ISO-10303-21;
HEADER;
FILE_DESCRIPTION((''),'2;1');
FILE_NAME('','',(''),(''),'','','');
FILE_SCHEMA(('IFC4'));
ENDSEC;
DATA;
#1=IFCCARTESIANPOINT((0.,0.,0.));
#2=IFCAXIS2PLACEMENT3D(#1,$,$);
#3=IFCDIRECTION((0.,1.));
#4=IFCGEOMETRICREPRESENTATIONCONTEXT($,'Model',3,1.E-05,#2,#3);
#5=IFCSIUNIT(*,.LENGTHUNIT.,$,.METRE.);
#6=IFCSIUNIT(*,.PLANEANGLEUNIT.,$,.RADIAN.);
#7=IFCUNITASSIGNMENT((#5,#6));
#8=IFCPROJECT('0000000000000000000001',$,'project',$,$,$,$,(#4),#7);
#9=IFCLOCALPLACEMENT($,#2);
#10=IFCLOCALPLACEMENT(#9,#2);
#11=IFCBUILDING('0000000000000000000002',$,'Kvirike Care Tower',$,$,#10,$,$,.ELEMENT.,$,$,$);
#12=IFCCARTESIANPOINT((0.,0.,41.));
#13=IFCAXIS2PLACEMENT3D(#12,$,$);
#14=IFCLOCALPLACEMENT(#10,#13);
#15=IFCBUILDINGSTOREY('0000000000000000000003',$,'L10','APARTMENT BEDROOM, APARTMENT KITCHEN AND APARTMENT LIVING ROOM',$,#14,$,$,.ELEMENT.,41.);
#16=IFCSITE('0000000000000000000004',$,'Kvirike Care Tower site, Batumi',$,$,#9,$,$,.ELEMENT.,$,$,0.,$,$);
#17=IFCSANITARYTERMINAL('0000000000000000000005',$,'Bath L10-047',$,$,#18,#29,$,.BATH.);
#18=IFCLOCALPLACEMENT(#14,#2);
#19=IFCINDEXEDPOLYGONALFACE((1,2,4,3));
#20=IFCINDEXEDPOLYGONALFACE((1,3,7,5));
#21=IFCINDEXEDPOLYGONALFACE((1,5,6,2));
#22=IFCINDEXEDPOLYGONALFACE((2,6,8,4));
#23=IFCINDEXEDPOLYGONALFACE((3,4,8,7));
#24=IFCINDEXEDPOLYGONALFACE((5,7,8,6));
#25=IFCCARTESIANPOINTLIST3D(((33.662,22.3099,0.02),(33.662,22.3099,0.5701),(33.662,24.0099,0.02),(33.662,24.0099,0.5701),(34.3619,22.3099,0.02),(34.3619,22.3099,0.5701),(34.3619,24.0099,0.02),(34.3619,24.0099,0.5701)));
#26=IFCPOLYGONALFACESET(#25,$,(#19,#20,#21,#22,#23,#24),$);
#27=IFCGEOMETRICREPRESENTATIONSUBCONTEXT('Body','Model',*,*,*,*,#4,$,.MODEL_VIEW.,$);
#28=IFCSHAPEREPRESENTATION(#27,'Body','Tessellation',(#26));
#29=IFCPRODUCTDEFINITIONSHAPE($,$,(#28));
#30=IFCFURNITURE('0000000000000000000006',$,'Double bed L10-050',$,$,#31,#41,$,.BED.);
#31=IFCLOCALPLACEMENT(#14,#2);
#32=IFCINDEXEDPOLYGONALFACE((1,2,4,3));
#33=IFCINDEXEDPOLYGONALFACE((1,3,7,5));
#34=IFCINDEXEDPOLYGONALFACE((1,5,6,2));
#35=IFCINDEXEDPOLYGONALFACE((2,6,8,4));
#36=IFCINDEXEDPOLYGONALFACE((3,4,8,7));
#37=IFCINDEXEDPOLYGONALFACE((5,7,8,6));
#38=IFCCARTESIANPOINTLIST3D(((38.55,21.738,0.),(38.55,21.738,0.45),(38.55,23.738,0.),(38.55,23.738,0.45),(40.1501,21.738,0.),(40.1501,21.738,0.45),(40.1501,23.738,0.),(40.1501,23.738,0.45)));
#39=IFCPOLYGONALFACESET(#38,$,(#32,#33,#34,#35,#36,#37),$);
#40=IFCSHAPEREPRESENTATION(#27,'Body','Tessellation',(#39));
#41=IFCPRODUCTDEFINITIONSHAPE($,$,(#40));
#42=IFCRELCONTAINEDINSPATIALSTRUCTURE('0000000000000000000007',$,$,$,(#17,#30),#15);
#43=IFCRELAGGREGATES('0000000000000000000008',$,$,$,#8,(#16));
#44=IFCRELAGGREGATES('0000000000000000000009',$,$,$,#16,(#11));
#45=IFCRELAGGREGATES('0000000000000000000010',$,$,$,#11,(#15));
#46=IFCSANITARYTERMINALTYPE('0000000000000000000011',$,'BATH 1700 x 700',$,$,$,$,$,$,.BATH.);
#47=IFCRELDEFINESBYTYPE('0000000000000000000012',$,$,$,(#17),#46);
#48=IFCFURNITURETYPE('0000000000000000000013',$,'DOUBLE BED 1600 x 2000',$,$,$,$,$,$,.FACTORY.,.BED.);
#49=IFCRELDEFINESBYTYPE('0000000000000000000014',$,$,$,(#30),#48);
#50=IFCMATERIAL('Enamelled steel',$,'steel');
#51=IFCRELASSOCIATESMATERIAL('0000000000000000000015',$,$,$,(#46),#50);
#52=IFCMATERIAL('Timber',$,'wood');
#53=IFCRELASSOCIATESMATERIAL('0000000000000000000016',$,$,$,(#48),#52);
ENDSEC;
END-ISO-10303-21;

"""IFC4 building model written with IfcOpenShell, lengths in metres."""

from ifc_helpers import new_model, si_unit, direction, frame, origin, origin_2d, place, context, subcontext, project, spatial, rectangle, extrude, material, type_object, element, save


model = new_model("IFC4")

# Units and contexts
model_context = context("Model", 3, precision=1e-05, world=origin(), true_north=direction((0.0, 1.0)))
body_context = subcontext(model_context, "Body", "Model", "MODEL_VIEW")
ifc_project = project(units=[si_unit("LENGTHUNIT", "METRE"), si_unit("PLANEANGLEUNIT", "RADIAN")], contexts=[model_context])

# Site, building, storey
site_placement = place(None, origin())
site = spatial("IfcSite", under=ifc_project, at=site_placement, Name="Kvirike Care Tower site, Batumi", CompositionType="ELEMENT", RefElevation=0.0)
building_placement = place(site_placement, origin())
building = spatial("IfcBuilding", under=site, at=building_placement, Name="Kvirike Care Tower", CompositionType="ELEMENT")
storey_placement = place(building_placement, frame((0.0, 0.0, 41.0)))
storey = spatial("IfcBuildingStorey", under=building, at=storey_placement, Name="L10", Description="APARTMENT BEDROOM, APARTMENT KITCHEN AND APARTMENT LIVING ROOM", CompositionType="ELEMENT", Elevation=41.0)

# Sanitary terminal
ifc_material_1 = material(Name="Enamelled steel", Category="steel")
sanitary_terminal_type = type_object("IfcSanitaryTerminalType", Name="BATH 1700 x 700", PredefinedType="BATH", material=ifc_material_1)
sanitary_terminal_placement = place(storey_placement, frame((34.012, 23.1599, 0.02), z_axis=(0.0, 0.0, 1.0), x_axis=(0.0, 1.0, 0.0)))
element("IfcSanitaryTerminal", 1, at=sanitary_terminal_placement, inside=storey, type_object=sanitary_terminal_type, Name="Bath L10-047", PredefinedType="BATH", context=body_context, shape_type="SweptSolid", body=[
    extrude(rectangle(XDim=1.7, YDim=0.7, at=origin_2d()), origin(), (0.0, 0.0, 1.0), 0.55),
])

# Furniture
ifc_material_2 = material(Name="Timber", Category="wood")
furniture_type = type_object("IfcFurnitureType", Name="DOUBLE BED 1600 x 2000", AssemblyPlace="FACTORY", PredefinedType="BED", material=ifc_material_2)
furniture_placement = place(storey_placement, frame((39.3501, 22.738, 0.0), z_axis=(0.0, 0.0, 1.0), x_axis=(1.0, 0.0, 0.0)))
element("IfcFurniture", 2, at=furniture_placement, inside=storey, type_object=furniture_type, Name="Double bed L10-050", PredefinedType="BED", context=body_context, shape_type="SweptSolid", body=[
    extrude(rectangle(XDim=1.6001, YDim=2.0, at=origin_2d()), origin(), (0.0, 0.0, 1.0), 0.45),
])

save(model, "model.ifc")
